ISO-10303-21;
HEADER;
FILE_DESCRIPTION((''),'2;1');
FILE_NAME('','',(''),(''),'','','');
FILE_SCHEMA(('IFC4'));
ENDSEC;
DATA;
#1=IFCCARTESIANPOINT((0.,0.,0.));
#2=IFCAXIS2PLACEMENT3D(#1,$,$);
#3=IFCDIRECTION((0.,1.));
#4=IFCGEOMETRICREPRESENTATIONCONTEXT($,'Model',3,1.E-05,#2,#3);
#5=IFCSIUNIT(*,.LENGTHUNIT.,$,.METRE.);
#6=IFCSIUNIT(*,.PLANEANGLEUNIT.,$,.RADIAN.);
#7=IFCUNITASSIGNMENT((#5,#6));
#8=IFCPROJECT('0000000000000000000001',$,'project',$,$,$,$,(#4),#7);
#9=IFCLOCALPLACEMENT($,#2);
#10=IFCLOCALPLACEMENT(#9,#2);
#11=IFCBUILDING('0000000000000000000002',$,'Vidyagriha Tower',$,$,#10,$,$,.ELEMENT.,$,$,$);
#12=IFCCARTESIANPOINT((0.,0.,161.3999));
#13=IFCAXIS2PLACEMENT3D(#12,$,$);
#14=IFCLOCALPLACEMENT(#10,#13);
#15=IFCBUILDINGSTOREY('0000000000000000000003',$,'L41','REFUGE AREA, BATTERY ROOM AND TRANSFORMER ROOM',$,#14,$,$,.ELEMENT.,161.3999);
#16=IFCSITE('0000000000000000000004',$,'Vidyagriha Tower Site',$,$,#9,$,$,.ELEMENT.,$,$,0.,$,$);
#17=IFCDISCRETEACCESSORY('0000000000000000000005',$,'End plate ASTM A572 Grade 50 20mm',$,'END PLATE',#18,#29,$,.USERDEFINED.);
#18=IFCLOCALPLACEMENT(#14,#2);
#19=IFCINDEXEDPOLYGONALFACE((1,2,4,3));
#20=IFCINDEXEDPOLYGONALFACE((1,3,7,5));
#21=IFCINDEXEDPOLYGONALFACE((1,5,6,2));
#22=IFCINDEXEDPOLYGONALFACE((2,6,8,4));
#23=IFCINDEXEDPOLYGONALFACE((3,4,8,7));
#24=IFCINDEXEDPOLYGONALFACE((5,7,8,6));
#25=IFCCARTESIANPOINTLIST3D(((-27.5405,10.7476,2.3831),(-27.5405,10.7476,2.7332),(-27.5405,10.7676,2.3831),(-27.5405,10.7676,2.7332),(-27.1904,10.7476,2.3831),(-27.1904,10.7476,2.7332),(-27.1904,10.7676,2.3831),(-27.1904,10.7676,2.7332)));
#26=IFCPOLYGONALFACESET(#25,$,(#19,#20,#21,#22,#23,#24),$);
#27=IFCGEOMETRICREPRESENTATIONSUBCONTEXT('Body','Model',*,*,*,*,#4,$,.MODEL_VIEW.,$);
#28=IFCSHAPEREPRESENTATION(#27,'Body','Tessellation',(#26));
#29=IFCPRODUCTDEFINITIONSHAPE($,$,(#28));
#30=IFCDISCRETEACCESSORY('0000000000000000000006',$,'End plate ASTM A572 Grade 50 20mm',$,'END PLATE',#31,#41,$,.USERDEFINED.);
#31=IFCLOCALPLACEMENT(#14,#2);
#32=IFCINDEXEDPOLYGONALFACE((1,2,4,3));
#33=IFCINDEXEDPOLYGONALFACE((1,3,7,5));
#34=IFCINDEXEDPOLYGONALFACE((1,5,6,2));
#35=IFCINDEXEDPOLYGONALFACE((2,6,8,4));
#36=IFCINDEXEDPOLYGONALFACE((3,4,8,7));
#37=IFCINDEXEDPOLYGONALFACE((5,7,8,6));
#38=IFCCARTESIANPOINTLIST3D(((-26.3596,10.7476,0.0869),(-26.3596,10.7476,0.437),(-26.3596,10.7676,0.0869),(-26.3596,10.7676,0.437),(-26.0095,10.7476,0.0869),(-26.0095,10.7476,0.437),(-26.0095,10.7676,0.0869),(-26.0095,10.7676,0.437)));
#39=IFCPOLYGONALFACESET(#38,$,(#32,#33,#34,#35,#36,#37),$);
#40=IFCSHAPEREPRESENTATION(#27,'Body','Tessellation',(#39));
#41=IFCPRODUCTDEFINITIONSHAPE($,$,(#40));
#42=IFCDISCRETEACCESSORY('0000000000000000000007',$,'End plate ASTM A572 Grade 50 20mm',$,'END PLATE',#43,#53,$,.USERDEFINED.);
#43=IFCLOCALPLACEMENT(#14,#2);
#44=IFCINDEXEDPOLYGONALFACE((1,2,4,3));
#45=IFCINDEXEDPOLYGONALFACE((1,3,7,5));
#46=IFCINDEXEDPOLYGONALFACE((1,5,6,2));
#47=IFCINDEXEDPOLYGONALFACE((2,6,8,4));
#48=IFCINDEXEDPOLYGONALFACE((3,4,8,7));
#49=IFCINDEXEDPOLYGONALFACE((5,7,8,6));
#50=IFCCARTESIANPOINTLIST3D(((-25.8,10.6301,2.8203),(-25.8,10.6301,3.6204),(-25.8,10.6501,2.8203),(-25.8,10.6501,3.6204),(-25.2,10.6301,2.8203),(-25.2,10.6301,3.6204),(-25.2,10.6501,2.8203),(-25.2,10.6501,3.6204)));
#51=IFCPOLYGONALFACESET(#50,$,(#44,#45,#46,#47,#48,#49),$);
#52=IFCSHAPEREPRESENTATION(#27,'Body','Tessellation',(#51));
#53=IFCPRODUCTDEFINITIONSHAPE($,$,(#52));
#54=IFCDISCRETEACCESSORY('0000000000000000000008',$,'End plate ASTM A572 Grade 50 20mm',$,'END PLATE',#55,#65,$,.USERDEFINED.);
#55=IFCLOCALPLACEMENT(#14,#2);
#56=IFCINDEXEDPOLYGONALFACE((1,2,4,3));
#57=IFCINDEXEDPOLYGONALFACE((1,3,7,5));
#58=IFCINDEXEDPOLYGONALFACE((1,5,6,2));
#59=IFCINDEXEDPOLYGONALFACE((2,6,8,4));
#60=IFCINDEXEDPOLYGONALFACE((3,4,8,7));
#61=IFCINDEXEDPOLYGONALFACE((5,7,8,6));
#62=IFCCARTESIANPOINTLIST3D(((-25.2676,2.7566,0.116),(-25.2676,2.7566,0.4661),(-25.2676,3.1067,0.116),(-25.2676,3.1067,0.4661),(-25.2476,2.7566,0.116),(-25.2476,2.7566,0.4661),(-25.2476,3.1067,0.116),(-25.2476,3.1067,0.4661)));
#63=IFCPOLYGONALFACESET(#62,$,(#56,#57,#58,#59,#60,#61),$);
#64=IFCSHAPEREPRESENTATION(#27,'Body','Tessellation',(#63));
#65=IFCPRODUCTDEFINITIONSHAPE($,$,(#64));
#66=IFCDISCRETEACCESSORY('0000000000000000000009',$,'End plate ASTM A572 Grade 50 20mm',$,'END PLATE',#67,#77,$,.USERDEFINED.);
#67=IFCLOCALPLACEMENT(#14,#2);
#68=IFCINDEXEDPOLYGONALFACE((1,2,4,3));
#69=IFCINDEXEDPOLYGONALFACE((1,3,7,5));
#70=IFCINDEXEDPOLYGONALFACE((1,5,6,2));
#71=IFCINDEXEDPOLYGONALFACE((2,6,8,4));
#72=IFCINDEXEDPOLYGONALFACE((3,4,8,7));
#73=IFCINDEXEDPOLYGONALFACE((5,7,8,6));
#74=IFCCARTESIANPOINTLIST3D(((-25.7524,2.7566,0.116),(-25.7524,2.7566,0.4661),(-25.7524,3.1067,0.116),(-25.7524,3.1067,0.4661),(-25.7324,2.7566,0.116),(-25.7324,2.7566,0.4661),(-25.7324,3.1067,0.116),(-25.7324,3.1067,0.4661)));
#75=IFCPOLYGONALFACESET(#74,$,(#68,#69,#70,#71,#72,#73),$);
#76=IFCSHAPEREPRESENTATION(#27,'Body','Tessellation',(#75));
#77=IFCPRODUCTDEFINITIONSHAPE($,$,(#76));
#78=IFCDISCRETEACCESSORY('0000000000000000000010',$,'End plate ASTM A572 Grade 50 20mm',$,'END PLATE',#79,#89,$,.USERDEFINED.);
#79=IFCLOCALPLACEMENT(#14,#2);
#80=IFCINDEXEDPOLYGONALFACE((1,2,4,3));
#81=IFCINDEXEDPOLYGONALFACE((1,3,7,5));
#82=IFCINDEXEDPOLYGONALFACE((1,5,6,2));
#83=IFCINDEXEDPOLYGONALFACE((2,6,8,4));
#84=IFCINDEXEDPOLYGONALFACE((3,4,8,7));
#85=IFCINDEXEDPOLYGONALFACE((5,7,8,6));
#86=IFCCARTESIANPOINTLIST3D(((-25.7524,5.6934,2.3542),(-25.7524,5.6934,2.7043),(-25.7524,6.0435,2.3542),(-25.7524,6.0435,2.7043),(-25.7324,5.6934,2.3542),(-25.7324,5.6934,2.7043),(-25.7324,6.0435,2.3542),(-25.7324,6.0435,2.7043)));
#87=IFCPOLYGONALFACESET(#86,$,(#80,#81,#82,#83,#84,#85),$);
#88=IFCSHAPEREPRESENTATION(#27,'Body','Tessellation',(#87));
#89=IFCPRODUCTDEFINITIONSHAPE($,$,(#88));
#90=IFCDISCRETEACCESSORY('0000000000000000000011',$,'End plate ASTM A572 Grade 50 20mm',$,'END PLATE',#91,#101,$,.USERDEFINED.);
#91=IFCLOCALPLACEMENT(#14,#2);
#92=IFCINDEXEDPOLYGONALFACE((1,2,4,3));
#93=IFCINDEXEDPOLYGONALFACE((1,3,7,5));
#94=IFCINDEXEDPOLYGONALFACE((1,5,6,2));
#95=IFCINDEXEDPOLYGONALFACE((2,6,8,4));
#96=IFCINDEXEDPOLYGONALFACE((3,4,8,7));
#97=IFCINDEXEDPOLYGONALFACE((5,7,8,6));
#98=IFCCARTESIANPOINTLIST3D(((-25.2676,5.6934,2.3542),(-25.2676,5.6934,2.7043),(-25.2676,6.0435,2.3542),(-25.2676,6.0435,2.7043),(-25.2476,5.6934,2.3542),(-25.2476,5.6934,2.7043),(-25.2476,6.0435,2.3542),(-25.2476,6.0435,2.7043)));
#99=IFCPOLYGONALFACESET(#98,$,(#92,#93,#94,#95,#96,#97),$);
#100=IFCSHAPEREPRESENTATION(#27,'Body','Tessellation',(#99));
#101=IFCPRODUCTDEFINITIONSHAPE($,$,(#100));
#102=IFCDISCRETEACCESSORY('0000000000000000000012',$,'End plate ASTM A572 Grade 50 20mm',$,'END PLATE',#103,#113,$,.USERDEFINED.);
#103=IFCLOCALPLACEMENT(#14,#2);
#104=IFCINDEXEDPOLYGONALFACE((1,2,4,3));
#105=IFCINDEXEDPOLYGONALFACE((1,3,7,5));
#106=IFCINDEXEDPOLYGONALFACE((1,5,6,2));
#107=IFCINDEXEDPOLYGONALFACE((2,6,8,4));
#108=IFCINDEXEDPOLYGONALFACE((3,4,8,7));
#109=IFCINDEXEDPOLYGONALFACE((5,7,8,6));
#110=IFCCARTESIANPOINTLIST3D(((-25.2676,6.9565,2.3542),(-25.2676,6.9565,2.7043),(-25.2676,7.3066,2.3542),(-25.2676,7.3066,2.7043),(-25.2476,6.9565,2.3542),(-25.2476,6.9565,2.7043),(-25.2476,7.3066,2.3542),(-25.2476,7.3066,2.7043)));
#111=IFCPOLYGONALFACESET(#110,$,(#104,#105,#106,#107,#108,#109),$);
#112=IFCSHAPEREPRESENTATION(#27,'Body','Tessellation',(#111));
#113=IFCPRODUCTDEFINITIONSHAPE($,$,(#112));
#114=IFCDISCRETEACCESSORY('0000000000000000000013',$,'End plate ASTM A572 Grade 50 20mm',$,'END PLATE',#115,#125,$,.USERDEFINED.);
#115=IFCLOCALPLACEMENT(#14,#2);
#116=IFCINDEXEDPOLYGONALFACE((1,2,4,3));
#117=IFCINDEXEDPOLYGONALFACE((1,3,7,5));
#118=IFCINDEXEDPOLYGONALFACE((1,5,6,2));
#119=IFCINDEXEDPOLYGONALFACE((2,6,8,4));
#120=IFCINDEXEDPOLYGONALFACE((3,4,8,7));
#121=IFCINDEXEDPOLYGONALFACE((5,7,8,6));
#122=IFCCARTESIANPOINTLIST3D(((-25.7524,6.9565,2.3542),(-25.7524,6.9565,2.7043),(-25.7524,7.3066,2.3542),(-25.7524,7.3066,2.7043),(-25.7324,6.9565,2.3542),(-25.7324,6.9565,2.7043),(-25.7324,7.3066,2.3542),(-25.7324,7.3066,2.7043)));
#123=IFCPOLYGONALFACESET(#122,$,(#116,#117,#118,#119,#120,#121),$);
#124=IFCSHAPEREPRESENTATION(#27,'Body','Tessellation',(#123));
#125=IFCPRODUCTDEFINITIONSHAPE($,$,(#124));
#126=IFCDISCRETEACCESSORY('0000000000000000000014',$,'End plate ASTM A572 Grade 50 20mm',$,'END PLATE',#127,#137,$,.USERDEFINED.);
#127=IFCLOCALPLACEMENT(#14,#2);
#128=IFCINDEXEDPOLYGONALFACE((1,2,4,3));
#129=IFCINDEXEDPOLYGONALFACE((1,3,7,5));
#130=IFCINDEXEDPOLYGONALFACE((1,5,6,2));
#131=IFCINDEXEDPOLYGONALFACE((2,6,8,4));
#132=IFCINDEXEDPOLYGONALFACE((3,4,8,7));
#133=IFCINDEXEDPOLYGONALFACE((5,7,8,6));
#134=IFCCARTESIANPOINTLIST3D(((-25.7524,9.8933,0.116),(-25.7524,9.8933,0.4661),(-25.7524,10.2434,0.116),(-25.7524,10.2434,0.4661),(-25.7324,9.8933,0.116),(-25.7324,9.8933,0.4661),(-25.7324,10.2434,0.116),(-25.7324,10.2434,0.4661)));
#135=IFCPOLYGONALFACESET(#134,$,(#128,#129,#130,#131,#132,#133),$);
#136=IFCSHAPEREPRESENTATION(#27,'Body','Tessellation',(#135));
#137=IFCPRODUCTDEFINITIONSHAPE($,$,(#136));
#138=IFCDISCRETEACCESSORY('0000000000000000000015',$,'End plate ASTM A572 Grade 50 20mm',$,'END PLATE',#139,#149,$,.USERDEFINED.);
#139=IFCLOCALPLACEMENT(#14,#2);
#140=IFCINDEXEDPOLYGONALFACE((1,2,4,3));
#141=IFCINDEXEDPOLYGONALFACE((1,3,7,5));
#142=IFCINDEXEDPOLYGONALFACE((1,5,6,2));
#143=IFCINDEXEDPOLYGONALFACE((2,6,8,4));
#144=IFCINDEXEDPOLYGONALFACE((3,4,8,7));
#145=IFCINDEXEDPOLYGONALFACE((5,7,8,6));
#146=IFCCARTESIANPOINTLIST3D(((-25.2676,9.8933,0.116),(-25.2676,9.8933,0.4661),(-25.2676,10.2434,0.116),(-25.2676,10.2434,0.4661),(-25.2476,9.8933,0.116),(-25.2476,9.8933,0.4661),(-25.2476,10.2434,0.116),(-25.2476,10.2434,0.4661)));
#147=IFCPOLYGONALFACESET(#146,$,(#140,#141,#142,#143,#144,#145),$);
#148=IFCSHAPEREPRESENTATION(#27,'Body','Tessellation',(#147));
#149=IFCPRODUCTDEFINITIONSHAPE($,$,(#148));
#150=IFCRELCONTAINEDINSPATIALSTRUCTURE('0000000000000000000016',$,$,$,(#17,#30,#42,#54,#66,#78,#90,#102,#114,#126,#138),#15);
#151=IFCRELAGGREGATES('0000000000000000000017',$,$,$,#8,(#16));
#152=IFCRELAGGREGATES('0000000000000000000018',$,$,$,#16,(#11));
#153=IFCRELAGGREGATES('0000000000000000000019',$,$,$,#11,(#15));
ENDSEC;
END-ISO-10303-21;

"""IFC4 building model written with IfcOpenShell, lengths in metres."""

from ifc_helpers import new_model, si_unit, direction, frame, origin, origin_2d, place, context, subcontext, project, spatial, rectangle, extrude, element, save


model = new_model("IFC4")

# Units and contexts
model_context = context("Model", 3, precision=1e-05, world=origin(), true_north=direction((0.0, 1.0)))
body_context = subcontext(model_context, "Body", "Model", "MODEL_VIEW")
ifc_project = project(units=[si_unit("LENGTHUNIT", "METRE"), si_unit("PLANEANGLEUNIT", "RADIAN")], contexts=[model_context])

# Site, building, storey
site_placement = place(None, origin())
site = spatial("IfcSite", under=ifc_project, at=site_placement, Name="Vidyagriha Tower Site", CompositionType="ELEMENT", RefElevation=0.0)
building_placement = place(site_placement, origin())
building = spatial("IfcBuilding", under=site, at=building_placement, Name="Vidyagriha Tower", CompositionType="ELEMENT")
storey_placement = place(building_placement, frame((0.0, 0.0, 161.3999)))
storey = spatial("IfcBuildingStorey", under=building, at=storey_placement, Name="L41", Description="REFUGE AREA, BATTERY ROOM AND TRANSFORMER ROOM", CompositionType="ELEMENT", Elevation=161.3999)

# Discrete accessories
discrete_accessory_1_placement = place(storey_placement, frame((-27.3655, 10.7576, 2.3831), z_axis=(0.0, 0.0, 1.0), x_axis=(-1.0, 0.0, 0.0)))
element("IfcDiscreteAccessory", 1, at=discrete_accessory_1_placement, inside=storey, Name="End plate ASTM A572 Grade 50 20mm", ObjectType="END PLATE", PredefinedType="USERDEFINED", context=body_context, shape_type="SweptSolid", body=[
    extrude(rectangle(XDim=0.3501, YDim=0.02, at=origin_2d()), origin(), (0.0, 0.0, 1.0), 0.3501),
])
discrete_accessory_2_placement = place(storey_placement, frame((-26.1846, 10.7576, 0.0869)))
element("IfcDiscreteAccessory", 2, at=discrete_accessory_2_placement, inside=storey, Name="End plate ASTM A572 Grade 50 20mm", ObjectType="END PLATE", PredefinedType="USERDEFINED", context=body_context, shape_type="SweptSolid", body=[
    extrude(rectangle(XDim=0.3501, YDim=0.02, at=origin_2d()), origin(), (0.0, 0.0, 1.0), 0.3501),
])
discrete_accessory_3_placement = place(storey_placement, frame((-25.5, 10.6401, 2.8203), z_axis=(0.0, 0.0, 1.0), x_axis=(0.0, 1.0, 0.0)))
element("IfcDiscreteAccessory", 3, at=discrete_accessory_3_placement, inside=storey, Name="End plate ASTM A572 Grade 50 20mm", ObjectType="END PLATE", PredefinedType="USERDEFINED", context=body_context, shape_type="SweptSolid", body=[
    extrude(rectangle(XDim=0.02, YDim=0.6001, at=origin_2d()), origin(), (0.0, 0.0, 1.0), 0.8),
])
for number, where, z_axis, x_axis, name in (
    (4, (-25.2576, 2.9316, 0.116), (0.0, 0.0, 1.0), (0.0, -1.0, 0.0), "End plate ASTM A572 Grade 50 20mm"),
    (5, (-25.7424, 2.9316, 0.116), (0.0, 0.0, 1.0), (0.0, -1.0, 0.0), "End plate ASTM A572 Grade 50 20mm"),
    (6, (-25.7424, 5.8684, 2.3542), (0.0, 0.0, 1.0), (0.0, 1.0, 0.0), "End plate ASTM A572 Grade 50 20mm"),
    (7, (-25.2576, 5.8684, 2.3542), (0.0, 0.0, 1.0), (0.0, 1.0, 0.0), "End plate ASTM A572 Grade 50 20mm"),
    (8, (-25.2576, 7.1316, 2.3542), (0.0, 0.0, 1.0), (0.0, -1.0, 0.0), "End plate ASTM A572 Grade 50 20mm"),
    (9, (-25.7424, 7.1316, 2.3542), (0.0, 0.0, 1.0), (0.0, -1.0, 0.0), "End plate ASTM A572 Grade 50 20mm"),
    (10, (-25.7424, 10.0684, 0.116), (0.0, 0.0, 1.0), (0.0, 1.0, 0.0), "End plate ASTM A572 Grade 50 20mm"),
    (11, (-25.2576, 10.0684, 0.116), (0.0, 0.0, 1.0), (0.0, 1.0, 0.0), "End plate ASTM A572 Grade 50 20mm"),
):
    element("IfcDiscreteAccessory", number, at=place(storey_placement, frame(where, z_axis=z_axis, x_axis=x_axis)), inside=storey, Name=name, ObjectType="END PLATE", PredefinedType="USERDEFINED", context=body_context, shape_type="SweptSolid", body=[
        extrude(rectangle(XDim=0.3501, YDim=0.02, at=origin_2d()), origin(), (0.0, 0.0, 1.0), 0.3501),
    ])

save(model, "model.ifc")
